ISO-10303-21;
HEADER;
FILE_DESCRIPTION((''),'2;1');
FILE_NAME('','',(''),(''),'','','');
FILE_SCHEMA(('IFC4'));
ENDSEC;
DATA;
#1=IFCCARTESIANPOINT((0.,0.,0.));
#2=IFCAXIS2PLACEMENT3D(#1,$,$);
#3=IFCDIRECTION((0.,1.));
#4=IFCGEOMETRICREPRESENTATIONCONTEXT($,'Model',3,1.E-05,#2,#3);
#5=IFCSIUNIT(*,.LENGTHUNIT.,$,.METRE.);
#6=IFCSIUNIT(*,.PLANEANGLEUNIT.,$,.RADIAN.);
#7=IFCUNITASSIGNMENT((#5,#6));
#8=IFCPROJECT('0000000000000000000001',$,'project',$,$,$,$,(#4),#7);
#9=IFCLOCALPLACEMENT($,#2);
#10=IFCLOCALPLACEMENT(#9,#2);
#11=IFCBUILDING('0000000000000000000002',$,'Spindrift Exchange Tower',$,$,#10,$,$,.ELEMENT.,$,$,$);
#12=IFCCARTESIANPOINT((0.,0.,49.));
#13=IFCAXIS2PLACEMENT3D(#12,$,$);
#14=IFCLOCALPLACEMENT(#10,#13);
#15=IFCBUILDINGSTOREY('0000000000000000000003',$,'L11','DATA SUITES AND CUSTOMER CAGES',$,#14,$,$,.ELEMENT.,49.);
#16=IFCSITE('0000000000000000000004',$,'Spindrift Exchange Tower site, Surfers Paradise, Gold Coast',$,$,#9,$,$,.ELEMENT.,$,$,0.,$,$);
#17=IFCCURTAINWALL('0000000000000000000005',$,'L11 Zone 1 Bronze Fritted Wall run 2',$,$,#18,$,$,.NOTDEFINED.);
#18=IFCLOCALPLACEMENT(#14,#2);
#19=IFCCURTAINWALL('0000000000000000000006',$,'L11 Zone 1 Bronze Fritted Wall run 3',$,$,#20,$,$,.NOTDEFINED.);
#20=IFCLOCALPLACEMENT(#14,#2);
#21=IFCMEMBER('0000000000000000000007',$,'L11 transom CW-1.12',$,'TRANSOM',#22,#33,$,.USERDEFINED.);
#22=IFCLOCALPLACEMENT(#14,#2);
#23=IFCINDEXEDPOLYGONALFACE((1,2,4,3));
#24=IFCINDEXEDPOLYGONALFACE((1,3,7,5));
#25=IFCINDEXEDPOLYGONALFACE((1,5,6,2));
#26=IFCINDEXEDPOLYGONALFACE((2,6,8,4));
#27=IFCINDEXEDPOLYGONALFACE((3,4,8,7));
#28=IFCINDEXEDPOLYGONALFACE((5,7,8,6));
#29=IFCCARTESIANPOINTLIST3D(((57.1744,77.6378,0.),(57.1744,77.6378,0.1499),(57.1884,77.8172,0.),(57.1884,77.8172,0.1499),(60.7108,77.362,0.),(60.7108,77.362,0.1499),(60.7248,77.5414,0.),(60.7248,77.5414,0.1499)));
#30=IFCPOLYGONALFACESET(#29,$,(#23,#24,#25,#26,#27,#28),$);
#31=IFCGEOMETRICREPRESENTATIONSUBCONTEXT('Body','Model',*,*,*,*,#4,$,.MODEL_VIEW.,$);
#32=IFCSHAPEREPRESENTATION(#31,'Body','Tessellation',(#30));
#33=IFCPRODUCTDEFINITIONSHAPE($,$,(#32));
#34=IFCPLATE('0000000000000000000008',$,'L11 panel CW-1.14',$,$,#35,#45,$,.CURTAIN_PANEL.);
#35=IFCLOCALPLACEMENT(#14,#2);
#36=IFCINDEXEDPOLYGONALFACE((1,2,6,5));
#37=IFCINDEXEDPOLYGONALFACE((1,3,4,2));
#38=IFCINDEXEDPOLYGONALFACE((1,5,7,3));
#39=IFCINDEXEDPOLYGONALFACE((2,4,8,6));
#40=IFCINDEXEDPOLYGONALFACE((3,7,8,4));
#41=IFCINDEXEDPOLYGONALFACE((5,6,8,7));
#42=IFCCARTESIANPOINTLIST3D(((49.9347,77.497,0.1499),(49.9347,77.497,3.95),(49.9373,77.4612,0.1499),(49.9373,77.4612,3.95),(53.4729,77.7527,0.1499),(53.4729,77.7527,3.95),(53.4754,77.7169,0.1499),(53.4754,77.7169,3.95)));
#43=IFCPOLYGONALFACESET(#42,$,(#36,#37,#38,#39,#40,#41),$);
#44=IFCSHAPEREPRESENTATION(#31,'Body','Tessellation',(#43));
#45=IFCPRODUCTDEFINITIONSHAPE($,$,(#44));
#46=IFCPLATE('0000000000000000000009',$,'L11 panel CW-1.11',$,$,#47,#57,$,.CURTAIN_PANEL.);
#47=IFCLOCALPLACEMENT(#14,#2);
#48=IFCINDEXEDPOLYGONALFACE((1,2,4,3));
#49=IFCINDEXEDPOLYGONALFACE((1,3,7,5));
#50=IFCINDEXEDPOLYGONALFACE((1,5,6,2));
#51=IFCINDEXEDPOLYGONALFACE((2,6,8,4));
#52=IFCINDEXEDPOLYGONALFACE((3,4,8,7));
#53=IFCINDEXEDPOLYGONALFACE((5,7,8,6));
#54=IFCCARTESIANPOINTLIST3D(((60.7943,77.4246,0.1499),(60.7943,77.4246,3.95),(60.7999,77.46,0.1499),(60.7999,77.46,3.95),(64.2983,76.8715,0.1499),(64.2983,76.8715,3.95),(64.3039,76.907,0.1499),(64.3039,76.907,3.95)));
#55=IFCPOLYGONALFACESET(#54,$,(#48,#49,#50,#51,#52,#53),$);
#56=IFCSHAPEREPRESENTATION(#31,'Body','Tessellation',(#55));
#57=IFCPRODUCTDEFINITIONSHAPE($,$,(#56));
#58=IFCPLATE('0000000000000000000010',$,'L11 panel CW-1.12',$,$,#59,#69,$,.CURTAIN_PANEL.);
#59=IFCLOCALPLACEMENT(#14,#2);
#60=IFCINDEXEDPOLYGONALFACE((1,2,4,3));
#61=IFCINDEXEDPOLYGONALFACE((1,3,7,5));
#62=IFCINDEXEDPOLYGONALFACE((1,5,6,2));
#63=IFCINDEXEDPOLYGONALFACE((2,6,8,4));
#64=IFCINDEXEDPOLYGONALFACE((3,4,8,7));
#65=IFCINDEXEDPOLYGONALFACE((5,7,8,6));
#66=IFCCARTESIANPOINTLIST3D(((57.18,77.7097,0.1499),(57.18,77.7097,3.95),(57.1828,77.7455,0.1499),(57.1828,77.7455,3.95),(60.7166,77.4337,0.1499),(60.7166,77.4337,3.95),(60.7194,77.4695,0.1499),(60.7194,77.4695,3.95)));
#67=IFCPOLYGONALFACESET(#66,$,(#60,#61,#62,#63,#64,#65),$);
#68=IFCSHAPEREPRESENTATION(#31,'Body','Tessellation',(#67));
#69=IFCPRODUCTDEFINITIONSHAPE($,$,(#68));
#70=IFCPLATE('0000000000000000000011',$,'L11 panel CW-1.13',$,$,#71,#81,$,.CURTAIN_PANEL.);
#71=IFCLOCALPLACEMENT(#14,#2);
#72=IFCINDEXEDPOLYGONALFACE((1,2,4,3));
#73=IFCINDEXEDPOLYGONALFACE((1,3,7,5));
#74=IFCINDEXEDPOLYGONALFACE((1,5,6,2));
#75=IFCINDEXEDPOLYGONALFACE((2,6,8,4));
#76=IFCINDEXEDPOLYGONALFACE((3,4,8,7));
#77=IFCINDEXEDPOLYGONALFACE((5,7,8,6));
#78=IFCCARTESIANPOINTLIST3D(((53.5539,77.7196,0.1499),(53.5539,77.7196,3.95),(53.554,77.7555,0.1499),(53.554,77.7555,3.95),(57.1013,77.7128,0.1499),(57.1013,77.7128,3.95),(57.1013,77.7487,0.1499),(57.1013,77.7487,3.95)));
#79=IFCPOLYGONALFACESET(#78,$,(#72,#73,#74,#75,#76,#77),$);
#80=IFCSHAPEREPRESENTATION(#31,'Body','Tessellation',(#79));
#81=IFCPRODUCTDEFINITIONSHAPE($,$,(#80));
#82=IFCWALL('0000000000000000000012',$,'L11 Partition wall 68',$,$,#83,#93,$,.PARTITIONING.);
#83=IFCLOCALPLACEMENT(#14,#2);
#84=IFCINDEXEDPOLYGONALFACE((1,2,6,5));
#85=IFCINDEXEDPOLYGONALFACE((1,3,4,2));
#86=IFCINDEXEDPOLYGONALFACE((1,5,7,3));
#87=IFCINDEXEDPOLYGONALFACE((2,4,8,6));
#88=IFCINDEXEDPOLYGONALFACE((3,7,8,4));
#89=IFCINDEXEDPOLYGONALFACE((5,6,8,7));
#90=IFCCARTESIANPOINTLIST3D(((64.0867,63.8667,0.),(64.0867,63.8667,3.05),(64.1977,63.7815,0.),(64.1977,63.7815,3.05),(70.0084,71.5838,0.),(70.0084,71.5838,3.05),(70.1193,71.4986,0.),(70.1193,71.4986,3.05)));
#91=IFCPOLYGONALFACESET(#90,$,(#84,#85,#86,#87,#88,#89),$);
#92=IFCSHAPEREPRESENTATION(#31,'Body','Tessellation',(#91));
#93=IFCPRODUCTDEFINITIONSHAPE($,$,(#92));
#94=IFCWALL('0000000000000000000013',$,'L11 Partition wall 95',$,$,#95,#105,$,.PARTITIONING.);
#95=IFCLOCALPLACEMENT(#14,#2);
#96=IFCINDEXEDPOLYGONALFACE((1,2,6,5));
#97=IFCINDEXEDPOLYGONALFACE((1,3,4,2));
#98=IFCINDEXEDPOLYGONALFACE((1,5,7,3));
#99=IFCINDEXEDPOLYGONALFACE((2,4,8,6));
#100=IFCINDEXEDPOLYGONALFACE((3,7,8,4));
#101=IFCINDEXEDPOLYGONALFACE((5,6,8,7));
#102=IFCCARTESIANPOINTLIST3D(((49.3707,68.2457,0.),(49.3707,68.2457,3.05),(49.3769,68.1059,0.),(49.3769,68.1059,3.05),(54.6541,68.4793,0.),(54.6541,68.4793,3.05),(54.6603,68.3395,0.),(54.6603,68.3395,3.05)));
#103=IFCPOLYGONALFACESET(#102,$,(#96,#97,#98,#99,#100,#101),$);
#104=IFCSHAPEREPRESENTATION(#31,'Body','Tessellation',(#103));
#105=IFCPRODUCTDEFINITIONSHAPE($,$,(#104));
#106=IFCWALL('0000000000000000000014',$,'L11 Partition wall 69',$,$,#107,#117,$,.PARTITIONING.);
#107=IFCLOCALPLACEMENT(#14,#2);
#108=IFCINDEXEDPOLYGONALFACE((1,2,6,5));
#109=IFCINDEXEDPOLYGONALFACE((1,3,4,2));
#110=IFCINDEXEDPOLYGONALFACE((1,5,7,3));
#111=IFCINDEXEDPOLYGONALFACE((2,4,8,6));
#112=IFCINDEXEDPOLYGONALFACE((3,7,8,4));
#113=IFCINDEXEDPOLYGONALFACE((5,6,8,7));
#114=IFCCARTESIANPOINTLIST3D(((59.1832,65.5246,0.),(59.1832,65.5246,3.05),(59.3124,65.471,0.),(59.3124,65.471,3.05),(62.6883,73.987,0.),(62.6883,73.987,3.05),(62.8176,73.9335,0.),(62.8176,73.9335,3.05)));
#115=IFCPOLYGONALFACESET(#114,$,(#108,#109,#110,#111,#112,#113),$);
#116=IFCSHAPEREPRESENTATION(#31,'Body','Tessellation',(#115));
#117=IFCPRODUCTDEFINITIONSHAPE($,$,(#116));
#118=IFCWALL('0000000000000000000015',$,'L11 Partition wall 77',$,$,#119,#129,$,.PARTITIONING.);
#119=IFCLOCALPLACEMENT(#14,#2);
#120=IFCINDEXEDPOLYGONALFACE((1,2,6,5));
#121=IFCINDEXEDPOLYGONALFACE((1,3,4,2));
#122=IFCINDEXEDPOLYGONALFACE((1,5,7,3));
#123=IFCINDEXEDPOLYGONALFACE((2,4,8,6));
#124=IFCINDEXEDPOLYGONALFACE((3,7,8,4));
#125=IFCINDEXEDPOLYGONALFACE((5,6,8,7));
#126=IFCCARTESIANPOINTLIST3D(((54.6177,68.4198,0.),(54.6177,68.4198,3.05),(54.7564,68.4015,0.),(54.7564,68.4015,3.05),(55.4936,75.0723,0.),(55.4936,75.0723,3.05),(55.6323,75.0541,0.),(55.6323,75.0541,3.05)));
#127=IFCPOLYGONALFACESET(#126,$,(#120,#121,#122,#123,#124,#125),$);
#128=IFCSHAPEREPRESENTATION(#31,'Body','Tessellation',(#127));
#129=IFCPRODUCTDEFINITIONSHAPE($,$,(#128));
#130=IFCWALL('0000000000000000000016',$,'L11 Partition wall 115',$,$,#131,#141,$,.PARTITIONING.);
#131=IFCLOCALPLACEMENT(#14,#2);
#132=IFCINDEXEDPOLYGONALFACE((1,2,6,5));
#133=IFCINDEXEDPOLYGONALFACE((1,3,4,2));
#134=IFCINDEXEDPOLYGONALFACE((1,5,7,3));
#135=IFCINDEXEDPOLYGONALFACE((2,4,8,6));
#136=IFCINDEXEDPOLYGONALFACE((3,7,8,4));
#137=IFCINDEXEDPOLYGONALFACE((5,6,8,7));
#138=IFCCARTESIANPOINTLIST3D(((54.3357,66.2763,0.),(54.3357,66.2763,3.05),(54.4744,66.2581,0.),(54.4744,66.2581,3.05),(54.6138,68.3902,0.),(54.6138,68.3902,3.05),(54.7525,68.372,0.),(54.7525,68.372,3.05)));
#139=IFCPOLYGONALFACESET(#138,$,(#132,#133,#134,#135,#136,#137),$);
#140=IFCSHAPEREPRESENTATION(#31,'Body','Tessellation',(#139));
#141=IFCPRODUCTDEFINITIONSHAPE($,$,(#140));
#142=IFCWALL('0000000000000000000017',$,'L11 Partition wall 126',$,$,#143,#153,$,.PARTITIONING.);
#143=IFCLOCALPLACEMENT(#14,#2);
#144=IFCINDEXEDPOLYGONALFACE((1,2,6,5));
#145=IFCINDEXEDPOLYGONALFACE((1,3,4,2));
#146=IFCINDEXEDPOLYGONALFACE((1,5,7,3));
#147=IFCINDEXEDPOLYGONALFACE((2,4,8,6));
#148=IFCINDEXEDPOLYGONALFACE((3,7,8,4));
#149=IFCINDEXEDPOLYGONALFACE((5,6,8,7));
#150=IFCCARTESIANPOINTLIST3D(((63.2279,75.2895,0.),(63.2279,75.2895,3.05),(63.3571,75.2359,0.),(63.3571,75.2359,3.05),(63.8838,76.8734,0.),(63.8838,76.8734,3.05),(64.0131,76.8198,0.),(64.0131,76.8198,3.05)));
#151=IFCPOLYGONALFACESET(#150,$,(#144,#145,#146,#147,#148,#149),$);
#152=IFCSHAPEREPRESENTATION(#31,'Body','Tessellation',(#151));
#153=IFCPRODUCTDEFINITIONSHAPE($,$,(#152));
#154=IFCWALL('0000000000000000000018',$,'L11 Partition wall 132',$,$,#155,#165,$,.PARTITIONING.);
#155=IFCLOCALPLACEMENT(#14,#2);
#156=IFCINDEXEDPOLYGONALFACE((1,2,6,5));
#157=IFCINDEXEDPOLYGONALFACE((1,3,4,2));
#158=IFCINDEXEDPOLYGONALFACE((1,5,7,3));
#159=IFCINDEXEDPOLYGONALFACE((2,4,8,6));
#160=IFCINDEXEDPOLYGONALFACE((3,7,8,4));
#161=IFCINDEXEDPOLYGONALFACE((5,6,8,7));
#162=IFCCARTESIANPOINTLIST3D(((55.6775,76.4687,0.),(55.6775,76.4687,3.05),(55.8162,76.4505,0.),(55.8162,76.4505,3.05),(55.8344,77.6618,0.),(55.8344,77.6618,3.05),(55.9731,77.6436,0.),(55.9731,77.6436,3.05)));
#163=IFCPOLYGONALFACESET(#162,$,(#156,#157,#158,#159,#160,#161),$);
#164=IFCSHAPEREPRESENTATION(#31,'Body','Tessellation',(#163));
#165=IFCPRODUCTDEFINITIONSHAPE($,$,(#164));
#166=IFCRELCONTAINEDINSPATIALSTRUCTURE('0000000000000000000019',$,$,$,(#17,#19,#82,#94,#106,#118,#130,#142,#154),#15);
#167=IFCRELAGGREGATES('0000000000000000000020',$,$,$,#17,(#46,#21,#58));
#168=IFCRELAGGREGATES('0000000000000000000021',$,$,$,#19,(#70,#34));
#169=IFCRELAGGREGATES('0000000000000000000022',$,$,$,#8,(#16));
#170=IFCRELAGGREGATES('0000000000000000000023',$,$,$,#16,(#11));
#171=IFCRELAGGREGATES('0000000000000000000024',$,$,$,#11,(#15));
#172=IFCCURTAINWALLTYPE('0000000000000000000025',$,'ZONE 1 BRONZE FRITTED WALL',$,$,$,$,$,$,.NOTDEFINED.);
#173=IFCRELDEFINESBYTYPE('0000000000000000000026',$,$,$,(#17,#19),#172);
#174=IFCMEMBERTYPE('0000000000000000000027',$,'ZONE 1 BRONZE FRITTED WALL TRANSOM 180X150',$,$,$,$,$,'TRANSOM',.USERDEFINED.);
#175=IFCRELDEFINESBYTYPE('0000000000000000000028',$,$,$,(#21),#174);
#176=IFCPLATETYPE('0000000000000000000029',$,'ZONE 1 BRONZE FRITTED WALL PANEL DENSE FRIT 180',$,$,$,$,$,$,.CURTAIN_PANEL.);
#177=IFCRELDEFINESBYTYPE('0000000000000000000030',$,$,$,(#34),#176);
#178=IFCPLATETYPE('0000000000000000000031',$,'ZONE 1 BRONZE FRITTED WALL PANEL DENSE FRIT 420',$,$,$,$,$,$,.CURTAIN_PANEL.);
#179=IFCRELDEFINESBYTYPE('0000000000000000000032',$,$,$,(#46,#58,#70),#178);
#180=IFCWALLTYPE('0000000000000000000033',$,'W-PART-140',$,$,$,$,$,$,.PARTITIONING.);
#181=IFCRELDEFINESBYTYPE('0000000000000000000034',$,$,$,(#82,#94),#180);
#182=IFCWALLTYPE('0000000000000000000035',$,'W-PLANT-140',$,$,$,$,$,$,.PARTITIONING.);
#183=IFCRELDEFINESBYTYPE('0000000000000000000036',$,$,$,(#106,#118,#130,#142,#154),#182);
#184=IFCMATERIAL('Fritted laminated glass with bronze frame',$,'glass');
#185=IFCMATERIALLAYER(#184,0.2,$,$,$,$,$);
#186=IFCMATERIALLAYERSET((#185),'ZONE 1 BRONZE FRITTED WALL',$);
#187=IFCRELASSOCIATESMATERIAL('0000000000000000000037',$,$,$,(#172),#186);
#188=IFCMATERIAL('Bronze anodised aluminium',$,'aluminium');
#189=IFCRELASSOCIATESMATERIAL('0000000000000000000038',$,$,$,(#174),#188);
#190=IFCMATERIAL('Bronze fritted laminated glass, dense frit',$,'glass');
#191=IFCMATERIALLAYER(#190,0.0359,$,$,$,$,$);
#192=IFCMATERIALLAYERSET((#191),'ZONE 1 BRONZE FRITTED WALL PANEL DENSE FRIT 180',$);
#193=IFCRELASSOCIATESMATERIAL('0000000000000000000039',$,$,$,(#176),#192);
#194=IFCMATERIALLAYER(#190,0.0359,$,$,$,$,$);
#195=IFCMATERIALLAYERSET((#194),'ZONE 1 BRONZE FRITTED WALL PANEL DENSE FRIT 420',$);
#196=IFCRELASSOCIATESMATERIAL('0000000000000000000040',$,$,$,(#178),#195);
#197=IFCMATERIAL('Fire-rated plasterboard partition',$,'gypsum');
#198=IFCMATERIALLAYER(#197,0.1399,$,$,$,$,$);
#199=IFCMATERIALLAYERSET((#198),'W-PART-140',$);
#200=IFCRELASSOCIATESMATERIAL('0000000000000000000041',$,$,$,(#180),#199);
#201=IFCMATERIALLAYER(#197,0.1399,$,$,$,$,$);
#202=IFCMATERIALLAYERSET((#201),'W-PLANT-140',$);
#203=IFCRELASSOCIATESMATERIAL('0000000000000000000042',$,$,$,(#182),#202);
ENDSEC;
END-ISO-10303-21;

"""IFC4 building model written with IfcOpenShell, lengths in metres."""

from ifc_helpers import new_model, si_unit, direction, frame, frame_2d, origin, origin_2d, place, context, subcontext, project, spatial, rectangle, extrude, source, transform, mapped, material, layer, layer_set, material_profile, profile_set, type_object, element, aggregate, save


model = new_model("IFC4")

# Units and contexts
model_context = context("Model", 3, precision=1e-05, world=origin(), true_north=direction((0.0, 1.0)))
body_context = subcontext(model_context, "Body", "Model", "MODEL_VIEW")
ifc_project = project(units=[si_unit("LENGTHUNIT", "METRE"), si_unit("PLANEANGLEUNIT", "RADIAN")], contexts=[model_context])

# Site, building, storey
site_placement = place(None, origin())
site = spatial("IfcSite", under=ifc_project, at=site_placement, Name="Spindrift Exchange Tower site, Surfers Paradise, Gold Coast", CompositionType="ELEMENT", RefElevation=0.0)
building_placement = place(site_placement, origin())
building = spatial("IfcBuilding", under=site, at=building_placement, Name="Spindrift Exchange Tower", CompositionType="ELEMENT")
storey_placement = place(building_placement, frame((0.0, 0.0, 49.0)))
storey = spatial("IfcBuildingStorey", under=building, at=storey_placement, Name="L11", Description="DATA SUITES AND CUSTOMER CAGES", CompositionType="ELEMENT", Elevation=49.0)

# Curtain walls
ifc_material_1 = material(Name="Fritted laminated glass with bronze frame", Category="glass")
ifc_layer_1 = layer(ifc_material_1, 0.2)
ifc_layer_set_1 = layer_set([ifc_layer_1], Name="ZONE 1 BRONZE FRITTED WALL")
curtain_wall_type = type_object("IfcCurtainWallType", Name="ZONE 1 BRONZE FRITTED WALL", PredefinedType="NOTDEFINED", material=ifc_layer_set_1)
curtain_wall_1_placement = place(storey_placement, origin())
curtain_wall_1 = element("IfcCurtainWall", 1, at=curtain_wall_1_placement, inside=storey, type_object=curtain_wall_type, Name="L11 Zone 1 Bronze Fritted Wall run 2", PredefinedType="NOTDEFINED")
ifc_material_2 = material(Name="Bronze anodised aluminium", Category="aluminium")
curtain_wall_2_placement = place(storey_placement, origin())
curtain_wall_2 = element("IfcCurtainWall", 2, at=curtain_wall_2_placement, inside=storey, type_object=curtain_wall_type, Name="L11 Zone 1 Bronze Fritted Wall run 3", PredefinedType="NOTDEFINED")

# Member
ifc_material_profile_1 = material_profile(ifc_material_2, rectangle(XDim=0.1799, YDim=0.1499, at=origin_2d()), Name="ZONE 1 BRONZE FRITTED WALL TRANSOM 180X150")
ifc_profile_set_1 = profile_set([ifc_material_profile_1], Name="Bronze anodised aluminium")
member_type_1 = type_object("IfcMemberType", Name="ZONE 1 BRONZE FRITTED WALL TRANSOM 180X150", ElementType="TRANSOM", PredefinedType="USERDEFINED", material=ifc_profile_set_1)
shared_shape_1 = source(origin(), body_context, "Body", "SweptSolid", [
    extrude(rectangle(XDim=0.1799, YDim=0.1499, at=origin_2d()), origin(), (0.0, 0.0, 1.0), 3.5471),
])
member_1_placement = place(storey_placement, frame((60.7178, 77.4517, 0.075), z_axis=(-0.996971, 0.077775, 0.0), x_axis=(-0.077775, -0.996971, 0.0)))
member_1 = element("IfcMember", 3, at=member_1_placement, type_object=member_type_1, Name="L11 transom CW-1.12", ObjectType="TRANSOM", PredefinedType="USERDEFINED", context=body_context, shape_type="MappedRepresentation", body=[
    mapped(shared_shape_1, transform((0.0, 0.0, 0.0), scale=1.0)),
])

# Plates
ifc_material_3 = material(Name="Bronze fritted laminated glass, dense frit", Category="glass")
ifc_layer_2 = layer(ifc_material_3, 0.0359)
ifc_layer_set_2 = layer_set([ifc_layer_2], Name="ZONE 1 BRONZE FRITTED WALL PANEL DENSE FRIT 180")
plate_type_1 = type_object("IfcPlateType", Name="ZONE 1 BRONZE FRITTED WALL PANEL DENSE FRIT 180", PredefinedType="CURTAIN_PANEL", material=ifc_layer_set_2)
shared_shape_2 = source(origin(), body_context, "Body", "SweptSolid", [
    extrude(rectangle(XDim=3.5474, YDim=0.0359, at=origin_2d()), origin(), (0.0, 0.0, 1.0), 3.8),
])
plate_1_placement = place(storey_placement, frame((51.7051, 77.6069, 0.1499), z_axis=(0.0, 0.0, 1.0), x_axis=(-0.997398, -0.072091, 0.0)))
plate_1 = element("IfcPlate", 4, at=plate_1_placement, type_object=plate_type_1, Name="L11 panel CW-1.14", PredefinedType="CURTAIN_PANEL", context=body_context, shape_type="MappedRepresentation", body=[
    mapped(shared_shape_2, transform((0.0, 0.0, 0.0), scale=1.0)),
])
ifc_layer_3 = layer(ifc_material_3, 0.0359)
ifc_layer_set_3 = layer_set([ifc_layer_3], Name="ZONE 1 BRONZE FRITTED WALL PANEL DENSE FRIT 420")
plate_type_2 = type_object("IfcPlateType", Name="ZONE 1 BRONZE FRITTED WALL PANEL DENSE FRIT 420", PredefinedType="CURTAIN_PANEL", material=ifc_layer_set_3)
shared_shape_3 = source(origin(), body_context, "Body", "SweptSolid", [
    extrude(rectangle(XDim=3.5474, YDim=0.0359, at=origin_2d()), origin(), (0.0, 0.0, 1.0), 3.8),
])
plate_2_placement = place(storey_placement, frame((62.5491, 77.1658, 0.1499), z_axis=(0.0, 0.0, 1.0), x_axis=(-0.987772, 0.155903, 0.0)))
plate_2 = element("IfcPlate", 5, at=plate_2_placement, type_object=plate_type_2, Name="L11 panel CW-1.11", PredefinedType="CURTAIN_PANEL", context=body_context, shape_type="MappedRepresentation", body=[
    mapped(shared_shape_3, transform((0.0, 0.0, 0.0), scale=1.0)),
])
plate_3_placement = place(storey_placement, frame((58.9497, 77.5896, 0.1499), z_axis=(0.0, 0.0, 1.0), x_axis=(-0.996969, 0.0778, 0.0)))
plate_3 = element("IfcPlate", 6, at=plate_3_placement, type_object=plate_type_2, Name="L11 panel CW-1.12", PredefinedType="CURTAIN_PANEL", context=body_context, shape_type="MappedRepresentation", body=[
    mapped(shared_shape_3, transform((0.0, 0.0, 0.0), scale=1.0)),
])
aggregate(curtain_wall_1, [plate_2, member_1, plate_3])
plate_4_placement = place(storey_placement, frame((55.3276, 77.7341, 0.1499), z_axis=(0.0, 0.0, 1.0), x_axis=(-0.999998, 0.00193, 0.0)))
plate_4 = element("IfcPlate", 7, at=plate_4_placement, type_object=plate_type_2, Name="L11 panel CW-1.13", PredefinedType="CURTAIN_PANEL", context=body_context, shape_type="MappedRepresentation", body=[
    mapped(shared_shape_3, transform((0.0, 0.0, 0.0), scale=1.0)),
])
aggregate(curtain_wall_2, [plate_4, plate_1])

# Walls
ifc_material_4 = material(Name="Fire-rated plasterboard partition", Category="gypsum")
ifc_layer_4 = layer(ifc_material_4, 0.1399)
ifc_layer_set_4 = layer_set([ifc_layer_4], Name="W-PART-140")
wall_type_1 = type_object("IfcWallType", Name="W-PART-140", PredefinedType="PARTITIONING", material=ifc_layer_set_4)
wall_1_placement = place(storey_placement, frame((64.1421, 63.824, 0.0), z_axis=(0.0, 0.0, 1.0), x_axis=(0.60877, 0.793347, 0.0)))
element("IfcWall", 8, at=wall_1_placement, inside=storey, type_object=wall_type_1, Name="L11 Partition wall 68", PredefinedType="PARTITIONING", context=body_context, shape_type="SweptSolid", body=[
    extrude(rectangle(XDim=9.7273, YDim=0.1399, at=frame_2d((4.8638, 0.0))), origin(), (0.0, 0.0, 1.0), 3.05),
])
wall_2_placement = place(storey_placement, frame((54.6572, 68.4094, 0.0), z_axis=(0.0, 0.0, 1.0), x_axis=(-0.999024, -0.044178, 0.0)))
element("IfcWall", 9, at=wall_2_placement, inside=storey, type_object=wall_type_1, Name="L11 Partition wall 95", PredefinedType="PARTITIONING", context=body_context, shape_type="SweptSolid", body=[
    extrude(rectangle(XDim=5.2886, YDim=0.1399, at=frame_2d((2.6443, 0.0))), origin(), (0.0, 0.0, 1.0), 3.05),
])
ifc_layer_5 = layer(ifc_material_4, 0.1399)
ifc_layer_set_5 = layer_set([ifc_layer_5], Name="W-PLANT-140")
wall_type_2 = type_object("IfcWallType", Name="W-PLANT-140", PredefinedType="PARTITIONING", material=ifc_layer_set_5)
wall_3_placement = place(storey_placement, frame((59.2478, 65.4978, 0.0), z_axis=(0.0, 0.0, 1.0), x_axis=(0.382673, 0.923884, 0.0)))
element("IfcWall", 10, at=wall_3_placement, inside=storey, type_object=wall_type_2, Name="L11 Partition wall 69", PredefinedType="PARTITIONING", context=body_context, shape_type="SweptSolid", body=[
    extrude(rectangle(XDim=9.1597, YDim=0.1399, at=frame_2d((4.5798, 0.0))), origin(), (0.0, 0.0, 1.0), 3.05),
])
wall_4_placement = place(storey_placement, frame((54.687, 68.4106, 0.0), z_axis=(0.0, 0.0, 1.0), x_axis=(0.130548, 0.991442, 0.0)))
element("IfcWall", 11, at=wall_4_placement, inside=storey, type_object=wall_type_2, Name="L11 Partition wall 77", PredefinedType="PARTITIONING", context=body_context, shape_type="SweptSolid", body=[
    extrude(rectangle(XDim=6.71, YDim=0.1399, at=frame_2d((3.355, 0.0))), origin(), (0.0, 0.0, 1.0), 3.05),
])
wall_5_placement = place(storey_placement, frame((54.405, 66.2673, 0.0), z_axis=(0.0, 0.0, 1.0), x_axis=(0.130431, 0.991457, 0.0)))
element("IfcWall", 12, at=wall_5_placement, inside=storey, type_object=wall_type_2, Name="L11 Partition wall 115", PredefinedType="PARTITIONING", context=body_context, shape_type="SweptSolid", body=[
    extrude(rectangle(XDim=2.1321, YDim=0.1399, at=frame_2d((1.0659, 0.0))), origin(), (0.0, 0.0, 1.0), 3.05),
])
wall_6_placement = place(storey_placement, frame((63.2925, 75.2627, 0.0), z_axis=(0.0, 0.0, 1.0), x_axis=(0.382633, 0.923901, 0.0)))
element("IfcWall", 13, at=wall_6_placement, inside=storey, type_object=wall_type_2, Name="L11 Partition wall 126", PredefinedType="PARTITIONING", context=body_context, shape_type="SweptSolid", body=[
    extrude(rectangle(XDim=1.7144, YDim=0.1399, at=frame_2d((0.8572, 0.0))), origin(), (0.0, 0.0, 1.0), 3.05),
])
wall_7_placement = place(storey_placement, frame((55.7468, 76.4597, 0.0), z_axis=(0.0, 0.0, 1.0), x_axis=(0.130449, 0.991455, 0.0)))
element("IfcWall", 14, at=wall_7_placement, inside=storey, type_object=wall_type_2, Name="L11 Partition wall 132", PredefinedType="PARTITIONING", context=body_context, shape_type="SweptSolid", body=[
    extrude(rectangle(XDim=1.2034, YDim=0.1399, at=frame_2d((0.6016, 0.0))), origin(), (0.0, 0.0, 1.0), 3.05),
])

save(model, "model.ifc")
